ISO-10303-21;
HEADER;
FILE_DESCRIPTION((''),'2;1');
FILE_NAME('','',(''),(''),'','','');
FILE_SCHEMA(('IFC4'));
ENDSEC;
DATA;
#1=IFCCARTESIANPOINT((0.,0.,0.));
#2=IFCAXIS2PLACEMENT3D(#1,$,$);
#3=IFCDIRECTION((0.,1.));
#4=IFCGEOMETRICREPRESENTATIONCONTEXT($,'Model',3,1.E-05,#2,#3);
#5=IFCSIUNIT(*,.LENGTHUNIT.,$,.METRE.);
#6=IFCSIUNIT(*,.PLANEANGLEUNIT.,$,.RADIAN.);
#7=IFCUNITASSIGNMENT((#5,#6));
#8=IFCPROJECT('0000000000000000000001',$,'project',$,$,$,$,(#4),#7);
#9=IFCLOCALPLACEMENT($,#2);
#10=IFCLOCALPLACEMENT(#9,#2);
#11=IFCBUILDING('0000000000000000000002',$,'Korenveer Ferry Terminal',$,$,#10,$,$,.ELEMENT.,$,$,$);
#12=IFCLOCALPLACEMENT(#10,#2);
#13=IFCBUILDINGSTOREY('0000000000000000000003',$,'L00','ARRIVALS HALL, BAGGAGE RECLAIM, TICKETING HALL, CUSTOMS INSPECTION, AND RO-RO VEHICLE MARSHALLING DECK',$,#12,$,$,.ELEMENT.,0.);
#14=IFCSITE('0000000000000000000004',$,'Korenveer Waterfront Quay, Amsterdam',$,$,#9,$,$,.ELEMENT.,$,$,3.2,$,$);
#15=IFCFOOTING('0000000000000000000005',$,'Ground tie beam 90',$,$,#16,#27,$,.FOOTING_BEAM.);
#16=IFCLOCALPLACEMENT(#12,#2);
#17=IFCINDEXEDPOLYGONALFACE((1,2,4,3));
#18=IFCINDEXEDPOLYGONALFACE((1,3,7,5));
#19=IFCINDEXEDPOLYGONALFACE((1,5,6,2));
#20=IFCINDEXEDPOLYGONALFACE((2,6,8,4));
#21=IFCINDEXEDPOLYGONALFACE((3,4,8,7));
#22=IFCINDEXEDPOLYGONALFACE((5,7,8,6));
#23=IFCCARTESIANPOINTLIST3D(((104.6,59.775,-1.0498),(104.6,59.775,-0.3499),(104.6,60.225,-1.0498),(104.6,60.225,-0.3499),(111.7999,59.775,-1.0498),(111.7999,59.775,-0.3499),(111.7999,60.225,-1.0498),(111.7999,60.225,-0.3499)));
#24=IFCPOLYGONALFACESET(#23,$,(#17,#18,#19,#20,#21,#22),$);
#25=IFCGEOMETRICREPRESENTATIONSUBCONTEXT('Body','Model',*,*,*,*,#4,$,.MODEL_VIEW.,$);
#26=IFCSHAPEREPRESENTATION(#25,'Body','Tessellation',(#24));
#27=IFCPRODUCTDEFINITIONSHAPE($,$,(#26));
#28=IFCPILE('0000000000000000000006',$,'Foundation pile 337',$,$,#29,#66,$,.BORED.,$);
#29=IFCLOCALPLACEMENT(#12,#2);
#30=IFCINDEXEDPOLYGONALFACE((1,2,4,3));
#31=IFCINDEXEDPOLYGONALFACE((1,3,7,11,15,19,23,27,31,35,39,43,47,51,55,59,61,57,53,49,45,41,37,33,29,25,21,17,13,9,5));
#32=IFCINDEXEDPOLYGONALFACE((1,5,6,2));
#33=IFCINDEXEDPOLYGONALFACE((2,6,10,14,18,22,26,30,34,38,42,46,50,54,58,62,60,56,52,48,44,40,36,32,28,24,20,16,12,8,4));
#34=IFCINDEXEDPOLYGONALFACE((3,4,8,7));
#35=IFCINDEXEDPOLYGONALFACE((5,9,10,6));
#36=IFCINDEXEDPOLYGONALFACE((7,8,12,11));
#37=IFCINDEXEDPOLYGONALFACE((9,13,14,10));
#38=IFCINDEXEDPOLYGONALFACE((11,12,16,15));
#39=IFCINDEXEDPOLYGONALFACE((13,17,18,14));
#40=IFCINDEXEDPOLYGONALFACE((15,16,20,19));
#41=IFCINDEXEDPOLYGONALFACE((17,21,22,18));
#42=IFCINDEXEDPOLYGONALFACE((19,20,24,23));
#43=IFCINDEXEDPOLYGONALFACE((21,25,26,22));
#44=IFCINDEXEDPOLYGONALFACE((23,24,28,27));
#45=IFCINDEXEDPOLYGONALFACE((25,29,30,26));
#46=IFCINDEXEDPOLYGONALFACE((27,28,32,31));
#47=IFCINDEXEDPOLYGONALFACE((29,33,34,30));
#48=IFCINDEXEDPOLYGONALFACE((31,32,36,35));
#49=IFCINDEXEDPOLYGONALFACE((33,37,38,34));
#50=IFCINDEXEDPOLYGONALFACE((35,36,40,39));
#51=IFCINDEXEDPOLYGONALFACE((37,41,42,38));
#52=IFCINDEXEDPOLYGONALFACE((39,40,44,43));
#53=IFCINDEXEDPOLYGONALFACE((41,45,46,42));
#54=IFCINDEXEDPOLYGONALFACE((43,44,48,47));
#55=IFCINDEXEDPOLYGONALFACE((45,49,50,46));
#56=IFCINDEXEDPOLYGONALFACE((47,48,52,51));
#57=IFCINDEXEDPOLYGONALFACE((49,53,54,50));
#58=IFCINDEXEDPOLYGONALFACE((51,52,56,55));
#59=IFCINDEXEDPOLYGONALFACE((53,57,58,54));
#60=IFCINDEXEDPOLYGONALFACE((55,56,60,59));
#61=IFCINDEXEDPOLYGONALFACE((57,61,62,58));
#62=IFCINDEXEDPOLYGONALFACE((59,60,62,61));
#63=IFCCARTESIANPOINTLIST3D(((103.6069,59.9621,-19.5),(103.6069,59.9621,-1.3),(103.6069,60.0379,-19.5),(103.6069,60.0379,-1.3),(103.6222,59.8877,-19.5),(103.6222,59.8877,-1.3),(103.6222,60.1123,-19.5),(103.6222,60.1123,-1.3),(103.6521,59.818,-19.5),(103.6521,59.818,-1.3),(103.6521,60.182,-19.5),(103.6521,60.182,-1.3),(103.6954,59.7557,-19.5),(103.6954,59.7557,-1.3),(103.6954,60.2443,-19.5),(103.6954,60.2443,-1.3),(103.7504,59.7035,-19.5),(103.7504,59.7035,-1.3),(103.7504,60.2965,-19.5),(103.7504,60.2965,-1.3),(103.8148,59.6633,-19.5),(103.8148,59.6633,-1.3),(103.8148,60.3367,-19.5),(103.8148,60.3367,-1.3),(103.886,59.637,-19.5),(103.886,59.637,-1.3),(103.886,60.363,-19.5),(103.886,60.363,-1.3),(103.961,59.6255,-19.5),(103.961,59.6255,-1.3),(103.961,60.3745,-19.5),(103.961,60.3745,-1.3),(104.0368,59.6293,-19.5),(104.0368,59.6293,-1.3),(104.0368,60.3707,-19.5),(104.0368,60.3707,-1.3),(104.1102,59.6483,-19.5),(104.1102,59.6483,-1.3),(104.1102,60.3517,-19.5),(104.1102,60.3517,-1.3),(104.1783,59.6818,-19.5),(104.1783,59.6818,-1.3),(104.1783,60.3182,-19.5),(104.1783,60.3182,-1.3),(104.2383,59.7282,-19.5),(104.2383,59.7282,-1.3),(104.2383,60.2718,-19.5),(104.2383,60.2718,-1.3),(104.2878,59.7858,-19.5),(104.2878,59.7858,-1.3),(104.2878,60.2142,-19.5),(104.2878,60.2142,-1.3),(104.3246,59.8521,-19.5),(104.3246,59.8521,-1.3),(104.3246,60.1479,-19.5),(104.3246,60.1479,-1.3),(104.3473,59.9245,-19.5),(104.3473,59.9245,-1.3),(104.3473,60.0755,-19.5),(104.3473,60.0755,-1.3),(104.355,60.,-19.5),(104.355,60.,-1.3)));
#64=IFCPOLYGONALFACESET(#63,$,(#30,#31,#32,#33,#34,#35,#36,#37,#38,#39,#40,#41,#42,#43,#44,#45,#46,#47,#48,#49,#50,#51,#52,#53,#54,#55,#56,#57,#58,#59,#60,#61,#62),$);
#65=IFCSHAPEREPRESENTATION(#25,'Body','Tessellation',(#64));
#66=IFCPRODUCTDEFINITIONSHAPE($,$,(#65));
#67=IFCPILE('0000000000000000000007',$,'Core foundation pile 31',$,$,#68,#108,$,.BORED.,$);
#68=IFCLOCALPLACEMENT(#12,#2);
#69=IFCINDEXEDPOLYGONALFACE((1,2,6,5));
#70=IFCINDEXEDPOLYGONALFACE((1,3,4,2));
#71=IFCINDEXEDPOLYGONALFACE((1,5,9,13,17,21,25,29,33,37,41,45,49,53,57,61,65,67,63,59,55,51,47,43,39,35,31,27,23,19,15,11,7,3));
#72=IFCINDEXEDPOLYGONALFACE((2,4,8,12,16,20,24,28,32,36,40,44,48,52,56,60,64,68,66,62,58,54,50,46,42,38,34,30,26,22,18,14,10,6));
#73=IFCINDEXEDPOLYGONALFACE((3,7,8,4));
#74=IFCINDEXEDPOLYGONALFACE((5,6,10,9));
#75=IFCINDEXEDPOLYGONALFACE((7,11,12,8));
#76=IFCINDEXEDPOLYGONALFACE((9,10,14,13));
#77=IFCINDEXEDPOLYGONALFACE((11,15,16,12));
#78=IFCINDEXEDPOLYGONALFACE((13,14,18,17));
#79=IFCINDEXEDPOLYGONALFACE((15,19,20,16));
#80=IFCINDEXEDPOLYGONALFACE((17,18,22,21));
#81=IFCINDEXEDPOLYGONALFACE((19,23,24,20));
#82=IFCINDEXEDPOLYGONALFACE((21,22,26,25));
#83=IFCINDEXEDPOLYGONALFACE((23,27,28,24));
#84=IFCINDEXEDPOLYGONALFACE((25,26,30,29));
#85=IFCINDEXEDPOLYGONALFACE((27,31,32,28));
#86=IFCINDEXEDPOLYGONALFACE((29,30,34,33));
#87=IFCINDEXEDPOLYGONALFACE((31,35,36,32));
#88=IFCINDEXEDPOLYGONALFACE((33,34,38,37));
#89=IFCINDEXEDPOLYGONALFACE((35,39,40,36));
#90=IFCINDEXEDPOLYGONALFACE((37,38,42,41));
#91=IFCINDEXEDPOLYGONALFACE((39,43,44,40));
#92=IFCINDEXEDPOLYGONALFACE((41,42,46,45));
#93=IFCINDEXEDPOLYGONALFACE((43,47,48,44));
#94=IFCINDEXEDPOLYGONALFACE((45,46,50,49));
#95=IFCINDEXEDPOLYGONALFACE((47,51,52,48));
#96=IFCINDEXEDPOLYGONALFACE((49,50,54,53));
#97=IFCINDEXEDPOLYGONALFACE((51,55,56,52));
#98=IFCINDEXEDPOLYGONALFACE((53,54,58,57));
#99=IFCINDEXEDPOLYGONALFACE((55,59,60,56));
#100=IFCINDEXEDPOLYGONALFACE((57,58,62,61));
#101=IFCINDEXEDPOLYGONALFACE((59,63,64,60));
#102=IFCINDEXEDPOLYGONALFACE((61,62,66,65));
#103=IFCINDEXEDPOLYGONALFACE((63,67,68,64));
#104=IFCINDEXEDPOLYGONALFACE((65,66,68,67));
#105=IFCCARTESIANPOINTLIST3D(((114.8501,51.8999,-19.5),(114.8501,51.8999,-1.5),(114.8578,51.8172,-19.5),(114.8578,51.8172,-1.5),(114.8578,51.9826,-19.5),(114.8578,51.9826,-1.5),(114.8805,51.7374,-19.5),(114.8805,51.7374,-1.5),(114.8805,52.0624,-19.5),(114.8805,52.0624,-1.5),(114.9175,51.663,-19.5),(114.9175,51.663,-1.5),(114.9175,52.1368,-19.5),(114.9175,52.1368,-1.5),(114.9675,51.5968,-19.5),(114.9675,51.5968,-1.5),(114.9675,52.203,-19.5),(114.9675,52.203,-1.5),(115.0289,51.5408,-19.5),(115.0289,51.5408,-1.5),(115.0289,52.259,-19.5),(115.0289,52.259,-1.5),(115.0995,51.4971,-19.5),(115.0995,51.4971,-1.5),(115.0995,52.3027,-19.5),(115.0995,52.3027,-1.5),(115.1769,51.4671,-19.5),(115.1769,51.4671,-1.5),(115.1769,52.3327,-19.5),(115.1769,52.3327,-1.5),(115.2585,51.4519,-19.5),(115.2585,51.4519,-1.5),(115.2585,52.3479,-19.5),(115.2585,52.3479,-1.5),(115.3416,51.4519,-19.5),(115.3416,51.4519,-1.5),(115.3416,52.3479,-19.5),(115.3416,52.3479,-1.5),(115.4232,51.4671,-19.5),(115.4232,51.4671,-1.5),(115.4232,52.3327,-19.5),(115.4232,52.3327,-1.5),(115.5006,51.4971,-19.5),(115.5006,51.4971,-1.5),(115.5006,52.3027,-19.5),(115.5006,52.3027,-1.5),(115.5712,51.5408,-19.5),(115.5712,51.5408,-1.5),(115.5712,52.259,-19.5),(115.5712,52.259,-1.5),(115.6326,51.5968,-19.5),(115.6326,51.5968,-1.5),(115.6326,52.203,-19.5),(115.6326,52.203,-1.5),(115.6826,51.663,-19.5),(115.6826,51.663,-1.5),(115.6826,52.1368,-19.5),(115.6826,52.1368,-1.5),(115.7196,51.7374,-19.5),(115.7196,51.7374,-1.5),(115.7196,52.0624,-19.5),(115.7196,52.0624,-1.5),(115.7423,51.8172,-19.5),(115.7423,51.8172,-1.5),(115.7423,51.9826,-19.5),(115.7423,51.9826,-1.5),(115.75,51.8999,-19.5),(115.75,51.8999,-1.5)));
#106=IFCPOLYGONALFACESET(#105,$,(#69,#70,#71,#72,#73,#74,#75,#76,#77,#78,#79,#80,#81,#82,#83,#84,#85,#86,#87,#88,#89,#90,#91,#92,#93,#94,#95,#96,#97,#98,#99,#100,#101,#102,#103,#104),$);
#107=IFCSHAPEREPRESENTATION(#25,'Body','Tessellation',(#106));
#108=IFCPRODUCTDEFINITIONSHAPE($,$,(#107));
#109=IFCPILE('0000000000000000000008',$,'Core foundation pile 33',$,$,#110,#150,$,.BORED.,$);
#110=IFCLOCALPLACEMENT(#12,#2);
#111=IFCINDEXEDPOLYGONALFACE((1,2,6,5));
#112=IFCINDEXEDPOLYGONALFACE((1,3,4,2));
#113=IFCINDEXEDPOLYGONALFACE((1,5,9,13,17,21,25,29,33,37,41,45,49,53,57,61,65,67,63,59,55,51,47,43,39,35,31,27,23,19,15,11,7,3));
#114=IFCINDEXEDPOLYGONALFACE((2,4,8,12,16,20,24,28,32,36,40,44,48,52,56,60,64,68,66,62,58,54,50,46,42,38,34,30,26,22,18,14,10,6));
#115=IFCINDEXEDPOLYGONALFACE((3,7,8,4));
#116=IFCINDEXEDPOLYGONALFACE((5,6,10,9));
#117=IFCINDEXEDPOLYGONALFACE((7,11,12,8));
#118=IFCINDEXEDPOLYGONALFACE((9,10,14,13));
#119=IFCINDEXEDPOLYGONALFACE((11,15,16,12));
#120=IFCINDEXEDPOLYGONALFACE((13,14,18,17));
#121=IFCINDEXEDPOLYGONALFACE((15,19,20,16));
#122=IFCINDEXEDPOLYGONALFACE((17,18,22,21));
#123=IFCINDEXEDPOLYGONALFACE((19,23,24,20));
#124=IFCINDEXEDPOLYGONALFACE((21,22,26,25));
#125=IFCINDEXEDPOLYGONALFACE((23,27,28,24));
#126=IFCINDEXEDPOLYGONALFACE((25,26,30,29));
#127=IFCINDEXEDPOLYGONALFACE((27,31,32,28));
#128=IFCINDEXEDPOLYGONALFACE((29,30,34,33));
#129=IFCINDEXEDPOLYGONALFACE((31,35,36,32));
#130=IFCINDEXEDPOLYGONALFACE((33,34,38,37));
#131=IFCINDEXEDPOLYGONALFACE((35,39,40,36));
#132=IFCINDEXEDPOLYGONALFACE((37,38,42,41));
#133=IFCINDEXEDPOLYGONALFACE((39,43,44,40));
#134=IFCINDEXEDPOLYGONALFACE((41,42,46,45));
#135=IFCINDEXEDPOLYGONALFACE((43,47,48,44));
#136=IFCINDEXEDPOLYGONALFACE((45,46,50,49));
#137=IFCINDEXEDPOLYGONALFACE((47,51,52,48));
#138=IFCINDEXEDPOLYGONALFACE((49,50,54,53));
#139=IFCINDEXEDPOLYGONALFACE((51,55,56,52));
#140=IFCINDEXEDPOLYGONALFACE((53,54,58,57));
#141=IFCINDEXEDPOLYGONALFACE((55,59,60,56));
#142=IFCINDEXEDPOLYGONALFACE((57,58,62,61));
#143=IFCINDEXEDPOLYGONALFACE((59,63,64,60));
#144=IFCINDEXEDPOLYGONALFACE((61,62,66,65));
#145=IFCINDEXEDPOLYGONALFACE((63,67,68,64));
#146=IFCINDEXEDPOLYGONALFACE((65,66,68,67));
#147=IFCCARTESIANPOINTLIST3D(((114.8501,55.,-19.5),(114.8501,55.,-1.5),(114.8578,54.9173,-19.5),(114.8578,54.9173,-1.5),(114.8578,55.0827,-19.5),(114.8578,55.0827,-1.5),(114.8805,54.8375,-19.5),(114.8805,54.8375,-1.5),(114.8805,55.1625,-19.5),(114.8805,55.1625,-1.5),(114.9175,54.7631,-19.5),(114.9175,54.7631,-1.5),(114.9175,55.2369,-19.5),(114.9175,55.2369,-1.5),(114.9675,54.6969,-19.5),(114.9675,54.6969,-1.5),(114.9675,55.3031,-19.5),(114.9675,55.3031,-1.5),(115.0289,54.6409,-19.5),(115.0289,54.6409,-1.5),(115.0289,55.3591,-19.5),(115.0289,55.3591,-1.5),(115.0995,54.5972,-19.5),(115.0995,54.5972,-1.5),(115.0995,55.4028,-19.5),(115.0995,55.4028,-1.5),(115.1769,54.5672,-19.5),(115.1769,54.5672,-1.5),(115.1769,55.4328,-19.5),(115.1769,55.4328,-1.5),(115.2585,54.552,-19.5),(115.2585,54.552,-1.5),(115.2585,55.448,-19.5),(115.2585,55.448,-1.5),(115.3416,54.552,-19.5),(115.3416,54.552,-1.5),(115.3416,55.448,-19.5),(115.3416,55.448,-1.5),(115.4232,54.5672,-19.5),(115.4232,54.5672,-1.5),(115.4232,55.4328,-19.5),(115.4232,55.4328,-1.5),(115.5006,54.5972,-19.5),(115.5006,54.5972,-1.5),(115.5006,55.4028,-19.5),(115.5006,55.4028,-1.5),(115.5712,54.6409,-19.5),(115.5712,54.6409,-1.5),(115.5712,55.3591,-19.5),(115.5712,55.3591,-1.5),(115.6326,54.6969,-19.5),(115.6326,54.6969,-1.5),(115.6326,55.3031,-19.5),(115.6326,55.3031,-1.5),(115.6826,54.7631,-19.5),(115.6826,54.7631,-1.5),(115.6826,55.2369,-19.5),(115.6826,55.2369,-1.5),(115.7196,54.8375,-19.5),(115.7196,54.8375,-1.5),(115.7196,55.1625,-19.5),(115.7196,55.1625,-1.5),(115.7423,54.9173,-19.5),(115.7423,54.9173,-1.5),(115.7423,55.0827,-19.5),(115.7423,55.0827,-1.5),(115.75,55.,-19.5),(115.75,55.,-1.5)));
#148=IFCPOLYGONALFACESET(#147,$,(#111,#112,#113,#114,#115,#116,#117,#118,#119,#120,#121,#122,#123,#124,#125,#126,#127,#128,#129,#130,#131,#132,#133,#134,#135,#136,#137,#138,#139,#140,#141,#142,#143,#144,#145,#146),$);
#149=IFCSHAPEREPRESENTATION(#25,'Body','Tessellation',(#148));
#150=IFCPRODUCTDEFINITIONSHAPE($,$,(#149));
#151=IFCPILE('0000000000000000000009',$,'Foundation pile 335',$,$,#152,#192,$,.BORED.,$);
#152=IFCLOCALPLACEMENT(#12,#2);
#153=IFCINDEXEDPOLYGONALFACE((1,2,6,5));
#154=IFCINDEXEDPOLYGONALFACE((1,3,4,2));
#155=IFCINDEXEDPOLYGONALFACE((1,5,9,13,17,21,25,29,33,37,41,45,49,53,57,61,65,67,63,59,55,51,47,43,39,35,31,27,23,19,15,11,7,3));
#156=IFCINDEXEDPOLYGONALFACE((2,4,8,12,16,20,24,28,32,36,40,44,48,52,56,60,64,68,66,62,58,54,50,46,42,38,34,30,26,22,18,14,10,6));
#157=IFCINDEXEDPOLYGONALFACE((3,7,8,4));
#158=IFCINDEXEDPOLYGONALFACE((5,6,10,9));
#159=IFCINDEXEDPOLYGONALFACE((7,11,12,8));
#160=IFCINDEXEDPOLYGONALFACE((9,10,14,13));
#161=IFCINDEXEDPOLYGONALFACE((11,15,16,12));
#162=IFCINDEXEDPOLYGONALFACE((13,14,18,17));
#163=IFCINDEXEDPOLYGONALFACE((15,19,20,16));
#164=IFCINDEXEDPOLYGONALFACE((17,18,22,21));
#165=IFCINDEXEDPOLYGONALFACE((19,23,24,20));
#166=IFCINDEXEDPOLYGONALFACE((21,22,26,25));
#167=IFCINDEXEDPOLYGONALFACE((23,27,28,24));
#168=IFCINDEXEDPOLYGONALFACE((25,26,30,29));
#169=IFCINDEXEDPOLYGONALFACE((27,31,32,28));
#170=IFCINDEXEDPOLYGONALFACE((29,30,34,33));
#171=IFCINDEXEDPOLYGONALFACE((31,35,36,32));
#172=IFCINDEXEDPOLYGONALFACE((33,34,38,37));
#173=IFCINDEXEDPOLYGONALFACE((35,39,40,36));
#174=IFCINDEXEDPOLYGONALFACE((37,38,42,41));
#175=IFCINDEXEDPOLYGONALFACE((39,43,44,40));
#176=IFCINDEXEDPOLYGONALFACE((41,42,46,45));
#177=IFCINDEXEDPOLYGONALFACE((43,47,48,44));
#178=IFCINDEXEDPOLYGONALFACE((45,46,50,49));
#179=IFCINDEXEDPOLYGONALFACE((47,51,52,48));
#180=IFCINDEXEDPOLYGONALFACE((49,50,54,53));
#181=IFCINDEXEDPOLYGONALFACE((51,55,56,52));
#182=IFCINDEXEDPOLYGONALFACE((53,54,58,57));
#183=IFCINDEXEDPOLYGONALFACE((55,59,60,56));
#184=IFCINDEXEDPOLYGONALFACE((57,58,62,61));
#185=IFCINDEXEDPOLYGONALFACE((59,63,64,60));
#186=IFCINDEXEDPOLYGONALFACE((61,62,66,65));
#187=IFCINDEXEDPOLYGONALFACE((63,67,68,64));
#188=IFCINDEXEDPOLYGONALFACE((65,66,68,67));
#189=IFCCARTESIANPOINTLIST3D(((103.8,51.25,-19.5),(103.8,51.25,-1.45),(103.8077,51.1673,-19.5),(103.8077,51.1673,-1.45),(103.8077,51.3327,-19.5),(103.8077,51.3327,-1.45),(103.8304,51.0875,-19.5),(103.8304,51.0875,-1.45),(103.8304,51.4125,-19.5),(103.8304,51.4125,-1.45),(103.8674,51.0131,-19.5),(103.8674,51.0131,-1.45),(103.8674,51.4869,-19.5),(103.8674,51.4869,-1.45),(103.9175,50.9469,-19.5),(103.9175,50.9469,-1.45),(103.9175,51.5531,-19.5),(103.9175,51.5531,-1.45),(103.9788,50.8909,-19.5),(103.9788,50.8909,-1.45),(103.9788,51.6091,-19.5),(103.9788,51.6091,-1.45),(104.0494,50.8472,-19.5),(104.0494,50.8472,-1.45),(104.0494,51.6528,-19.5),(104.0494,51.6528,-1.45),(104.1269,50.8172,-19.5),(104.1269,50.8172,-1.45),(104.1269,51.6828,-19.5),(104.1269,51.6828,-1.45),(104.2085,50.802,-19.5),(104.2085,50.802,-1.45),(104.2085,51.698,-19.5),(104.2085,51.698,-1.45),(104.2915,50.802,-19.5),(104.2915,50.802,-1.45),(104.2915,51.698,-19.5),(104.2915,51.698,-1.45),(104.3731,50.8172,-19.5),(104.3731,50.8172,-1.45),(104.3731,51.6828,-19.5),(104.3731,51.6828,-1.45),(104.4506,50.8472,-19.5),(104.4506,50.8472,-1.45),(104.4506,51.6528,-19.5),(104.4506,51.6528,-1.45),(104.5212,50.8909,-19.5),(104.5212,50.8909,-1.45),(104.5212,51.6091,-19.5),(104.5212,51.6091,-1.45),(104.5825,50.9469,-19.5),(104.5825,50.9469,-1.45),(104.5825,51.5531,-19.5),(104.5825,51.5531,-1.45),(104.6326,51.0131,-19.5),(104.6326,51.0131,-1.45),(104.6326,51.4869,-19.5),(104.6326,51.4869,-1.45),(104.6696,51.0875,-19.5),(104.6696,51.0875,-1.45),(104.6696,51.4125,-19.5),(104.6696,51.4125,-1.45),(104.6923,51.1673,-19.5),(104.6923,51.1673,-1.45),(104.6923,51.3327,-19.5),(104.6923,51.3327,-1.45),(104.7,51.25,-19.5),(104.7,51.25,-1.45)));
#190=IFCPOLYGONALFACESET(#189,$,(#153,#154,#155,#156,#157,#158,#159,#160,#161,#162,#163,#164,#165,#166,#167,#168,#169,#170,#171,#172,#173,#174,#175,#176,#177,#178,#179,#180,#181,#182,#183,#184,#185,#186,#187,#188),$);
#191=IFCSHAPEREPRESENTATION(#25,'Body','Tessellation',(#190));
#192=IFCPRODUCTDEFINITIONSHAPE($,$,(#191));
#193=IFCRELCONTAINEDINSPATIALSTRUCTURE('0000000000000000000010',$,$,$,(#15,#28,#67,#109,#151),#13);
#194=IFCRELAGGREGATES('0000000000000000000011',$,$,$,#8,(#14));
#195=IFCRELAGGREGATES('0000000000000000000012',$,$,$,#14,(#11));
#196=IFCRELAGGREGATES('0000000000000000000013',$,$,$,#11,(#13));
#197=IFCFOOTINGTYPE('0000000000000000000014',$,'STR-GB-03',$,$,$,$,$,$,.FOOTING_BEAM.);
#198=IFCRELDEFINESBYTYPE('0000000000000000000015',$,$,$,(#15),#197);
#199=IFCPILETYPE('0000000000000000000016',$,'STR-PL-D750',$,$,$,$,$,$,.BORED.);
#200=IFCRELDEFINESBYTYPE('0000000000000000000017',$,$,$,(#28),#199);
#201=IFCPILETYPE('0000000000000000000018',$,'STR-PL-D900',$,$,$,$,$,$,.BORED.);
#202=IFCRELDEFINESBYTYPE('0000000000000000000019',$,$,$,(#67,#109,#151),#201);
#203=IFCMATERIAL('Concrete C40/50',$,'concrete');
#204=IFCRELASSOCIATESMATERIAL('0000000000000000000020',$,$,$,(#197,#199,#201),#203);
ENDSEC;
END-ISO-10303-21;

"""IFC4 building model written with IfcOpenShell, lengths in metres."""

from ifc_helpers import new_model, si_unit, direction, frame, origin, origin_2d, place, context, subcontext, project, spatial, rectangle, circle, extrude, material, material_profile, profile_set, type_object, element, save


model = new_model("IFC4")

# Units and contexts
model_context = context("Model", 3, precision=1e-05, world=origin(), true_north=direction((0.0, 1.0)))
body_context = subcontext(model_context, "Body", "Model", "MODEL_VIEW")
ifc_project = project(units=[si_unit("LENGTHUNIT", "METRE"), si_unit("PLANEANGLEUNIT", "RADIAN")], contexts=[model_context])

# Site, building, storey
site_placement = place(None, origin())
site = spatial("IfcSite", under=ifc_project, at=site_placement, Name="Korenveer Waterfront Quay, Amsterdam", CompositionType="ELEMENT", RefElevation=3.2)
building_placement = place(site_placement, origin())
building = spatial("IfcBuilding", under=site, at=building_placement, Name="Korenveer Ferry Terminal", CompositionType="ELEMENT")
storey_placement = place(building_placement, origin())
storey = spatial("IfcBuildingStorey", under=building, at=storey_placement, Name="L00", Description="ARRIVALS HALL, BAGGAGE RECLAIM, TICKETING HALL, CUSTOMS INSPECTION, AND RO-RO VEHICLE MARSHALLING DECK", CompositionType="ELEMENT", Elevation=0.0)

# Footing
ifc_material_1 = material(Name="Concrete C40/50", Category="concrete")
footing_type = type_object("IfcFootingType", Name="STR-GB-03", PredefinedType="FOOTING_BEAM", material=ifc_material_1)
footing_placement = place(storey_placement, frame((108.2, 60.0, -1.0498), z_axis=(0.0, 0.0, 1.0), x_axis=(1.0, 0.0, 0.0)))
element("IfcFooting", 1, at=footing_placement, inside=storey, type_object=footing_type, Name="Ground tie beam 90", PredefinedType="FOOTING_BEAM", context=body_context, shape_type="SweptSolid", body=[
    extrude(rectangle(XDim=7.2, YDim=0.45, at=origin_2d()), origin(), (0.0, 0.0, 1.0), 0.7),
])

# Piles
ifc_material_profile_1 = material_profile(ifc_material_1, circle(Radius=0.375, at=origin_2d()), Name="PILE D750")
ifc_profile_set_1 = profile_set([ifc_material_profile_1], Name="Concrete C40/50")
pile_type_1 = type_object("IfcPileType", Name="STR-PL-D750", PredefinedType="BORED", material=ifc_profile_set_1)
pile_1_placement = place(storey_placement, frame((103.98, 60.0, -1.3), z_axis=(0.0, 0.0, -1.0), x_axis=(1.0, 0.0, 0.0)))
element("IfcPile", 2, at=pile_1_placement, inside=storey, type_object=pile_type_1, Name="Foundation pile 337", PredefinedType="BORED", context=body_context, shape_type="SweptSolid", body=[
    extrude(circle(Radius=0.375, at=origin_2d()), origin(), (0.0, 0.0, 1.0), 18.2),
])
ifc_material_profile_2 = material_profile(ifc_material_1, circle(Radius=0.45, at=origin_2d()), Name="PILE D900")
ifc_profile_set_2 = profile_set([ifc_material_profile_2], Name="Concrete C40/50")
pile_type_2 = type_object("IfcPileType", Name="STR-PL-D900", PredefinedType="BORED", material=ifc_profile_set_2)
for number, where, z_axis, x_axis, name in (
    (3, (115.3, 51.8999, -1.5), (0.0, 0.0, -1.0), (1.0, 0.0, 0.0), "Core foundation pile 31"),
    (4, (115.3, 55.0, -1.5), (0.0, 0.0, -1.0), (1.0, 0.0, 0.0), "Core foundation pile 33"),
):
    element("IfcPile", number, at=place(storey_placement, frame(where, z_axis=z_axis, x_axis=x_axis)), inside=storey, type_object=pile_type_2, Name=name, PredefinedType="BORED", context=body_context, shape_type="SweptSolid", body=[
        extrude(circle(Radius=0.45, at=origin_2d()), origin(), (0.0, 0.0, 1.0), 18.0),
    ])
pile_2_placement = place(storey_placement, frame((104.25, 51.25, -1.45), z_axis=(0.0, 0.0, -1.0), x_axis=(1.0, 0.0, 0.0)))
element("IfcPile", 5, at=pile_2_placement, inside=storey, type_object=pile_type_2, Name="Foundation pile 335", PredefinedType="BORED", context=body_context, shape_type="SweptSolid", body=[
    extrude(circle(Radius=0.45, at=origin_2d()), origin(), (0.0, 0.0, 1.0), 18.05),
])

save(model, "model.ifc")
